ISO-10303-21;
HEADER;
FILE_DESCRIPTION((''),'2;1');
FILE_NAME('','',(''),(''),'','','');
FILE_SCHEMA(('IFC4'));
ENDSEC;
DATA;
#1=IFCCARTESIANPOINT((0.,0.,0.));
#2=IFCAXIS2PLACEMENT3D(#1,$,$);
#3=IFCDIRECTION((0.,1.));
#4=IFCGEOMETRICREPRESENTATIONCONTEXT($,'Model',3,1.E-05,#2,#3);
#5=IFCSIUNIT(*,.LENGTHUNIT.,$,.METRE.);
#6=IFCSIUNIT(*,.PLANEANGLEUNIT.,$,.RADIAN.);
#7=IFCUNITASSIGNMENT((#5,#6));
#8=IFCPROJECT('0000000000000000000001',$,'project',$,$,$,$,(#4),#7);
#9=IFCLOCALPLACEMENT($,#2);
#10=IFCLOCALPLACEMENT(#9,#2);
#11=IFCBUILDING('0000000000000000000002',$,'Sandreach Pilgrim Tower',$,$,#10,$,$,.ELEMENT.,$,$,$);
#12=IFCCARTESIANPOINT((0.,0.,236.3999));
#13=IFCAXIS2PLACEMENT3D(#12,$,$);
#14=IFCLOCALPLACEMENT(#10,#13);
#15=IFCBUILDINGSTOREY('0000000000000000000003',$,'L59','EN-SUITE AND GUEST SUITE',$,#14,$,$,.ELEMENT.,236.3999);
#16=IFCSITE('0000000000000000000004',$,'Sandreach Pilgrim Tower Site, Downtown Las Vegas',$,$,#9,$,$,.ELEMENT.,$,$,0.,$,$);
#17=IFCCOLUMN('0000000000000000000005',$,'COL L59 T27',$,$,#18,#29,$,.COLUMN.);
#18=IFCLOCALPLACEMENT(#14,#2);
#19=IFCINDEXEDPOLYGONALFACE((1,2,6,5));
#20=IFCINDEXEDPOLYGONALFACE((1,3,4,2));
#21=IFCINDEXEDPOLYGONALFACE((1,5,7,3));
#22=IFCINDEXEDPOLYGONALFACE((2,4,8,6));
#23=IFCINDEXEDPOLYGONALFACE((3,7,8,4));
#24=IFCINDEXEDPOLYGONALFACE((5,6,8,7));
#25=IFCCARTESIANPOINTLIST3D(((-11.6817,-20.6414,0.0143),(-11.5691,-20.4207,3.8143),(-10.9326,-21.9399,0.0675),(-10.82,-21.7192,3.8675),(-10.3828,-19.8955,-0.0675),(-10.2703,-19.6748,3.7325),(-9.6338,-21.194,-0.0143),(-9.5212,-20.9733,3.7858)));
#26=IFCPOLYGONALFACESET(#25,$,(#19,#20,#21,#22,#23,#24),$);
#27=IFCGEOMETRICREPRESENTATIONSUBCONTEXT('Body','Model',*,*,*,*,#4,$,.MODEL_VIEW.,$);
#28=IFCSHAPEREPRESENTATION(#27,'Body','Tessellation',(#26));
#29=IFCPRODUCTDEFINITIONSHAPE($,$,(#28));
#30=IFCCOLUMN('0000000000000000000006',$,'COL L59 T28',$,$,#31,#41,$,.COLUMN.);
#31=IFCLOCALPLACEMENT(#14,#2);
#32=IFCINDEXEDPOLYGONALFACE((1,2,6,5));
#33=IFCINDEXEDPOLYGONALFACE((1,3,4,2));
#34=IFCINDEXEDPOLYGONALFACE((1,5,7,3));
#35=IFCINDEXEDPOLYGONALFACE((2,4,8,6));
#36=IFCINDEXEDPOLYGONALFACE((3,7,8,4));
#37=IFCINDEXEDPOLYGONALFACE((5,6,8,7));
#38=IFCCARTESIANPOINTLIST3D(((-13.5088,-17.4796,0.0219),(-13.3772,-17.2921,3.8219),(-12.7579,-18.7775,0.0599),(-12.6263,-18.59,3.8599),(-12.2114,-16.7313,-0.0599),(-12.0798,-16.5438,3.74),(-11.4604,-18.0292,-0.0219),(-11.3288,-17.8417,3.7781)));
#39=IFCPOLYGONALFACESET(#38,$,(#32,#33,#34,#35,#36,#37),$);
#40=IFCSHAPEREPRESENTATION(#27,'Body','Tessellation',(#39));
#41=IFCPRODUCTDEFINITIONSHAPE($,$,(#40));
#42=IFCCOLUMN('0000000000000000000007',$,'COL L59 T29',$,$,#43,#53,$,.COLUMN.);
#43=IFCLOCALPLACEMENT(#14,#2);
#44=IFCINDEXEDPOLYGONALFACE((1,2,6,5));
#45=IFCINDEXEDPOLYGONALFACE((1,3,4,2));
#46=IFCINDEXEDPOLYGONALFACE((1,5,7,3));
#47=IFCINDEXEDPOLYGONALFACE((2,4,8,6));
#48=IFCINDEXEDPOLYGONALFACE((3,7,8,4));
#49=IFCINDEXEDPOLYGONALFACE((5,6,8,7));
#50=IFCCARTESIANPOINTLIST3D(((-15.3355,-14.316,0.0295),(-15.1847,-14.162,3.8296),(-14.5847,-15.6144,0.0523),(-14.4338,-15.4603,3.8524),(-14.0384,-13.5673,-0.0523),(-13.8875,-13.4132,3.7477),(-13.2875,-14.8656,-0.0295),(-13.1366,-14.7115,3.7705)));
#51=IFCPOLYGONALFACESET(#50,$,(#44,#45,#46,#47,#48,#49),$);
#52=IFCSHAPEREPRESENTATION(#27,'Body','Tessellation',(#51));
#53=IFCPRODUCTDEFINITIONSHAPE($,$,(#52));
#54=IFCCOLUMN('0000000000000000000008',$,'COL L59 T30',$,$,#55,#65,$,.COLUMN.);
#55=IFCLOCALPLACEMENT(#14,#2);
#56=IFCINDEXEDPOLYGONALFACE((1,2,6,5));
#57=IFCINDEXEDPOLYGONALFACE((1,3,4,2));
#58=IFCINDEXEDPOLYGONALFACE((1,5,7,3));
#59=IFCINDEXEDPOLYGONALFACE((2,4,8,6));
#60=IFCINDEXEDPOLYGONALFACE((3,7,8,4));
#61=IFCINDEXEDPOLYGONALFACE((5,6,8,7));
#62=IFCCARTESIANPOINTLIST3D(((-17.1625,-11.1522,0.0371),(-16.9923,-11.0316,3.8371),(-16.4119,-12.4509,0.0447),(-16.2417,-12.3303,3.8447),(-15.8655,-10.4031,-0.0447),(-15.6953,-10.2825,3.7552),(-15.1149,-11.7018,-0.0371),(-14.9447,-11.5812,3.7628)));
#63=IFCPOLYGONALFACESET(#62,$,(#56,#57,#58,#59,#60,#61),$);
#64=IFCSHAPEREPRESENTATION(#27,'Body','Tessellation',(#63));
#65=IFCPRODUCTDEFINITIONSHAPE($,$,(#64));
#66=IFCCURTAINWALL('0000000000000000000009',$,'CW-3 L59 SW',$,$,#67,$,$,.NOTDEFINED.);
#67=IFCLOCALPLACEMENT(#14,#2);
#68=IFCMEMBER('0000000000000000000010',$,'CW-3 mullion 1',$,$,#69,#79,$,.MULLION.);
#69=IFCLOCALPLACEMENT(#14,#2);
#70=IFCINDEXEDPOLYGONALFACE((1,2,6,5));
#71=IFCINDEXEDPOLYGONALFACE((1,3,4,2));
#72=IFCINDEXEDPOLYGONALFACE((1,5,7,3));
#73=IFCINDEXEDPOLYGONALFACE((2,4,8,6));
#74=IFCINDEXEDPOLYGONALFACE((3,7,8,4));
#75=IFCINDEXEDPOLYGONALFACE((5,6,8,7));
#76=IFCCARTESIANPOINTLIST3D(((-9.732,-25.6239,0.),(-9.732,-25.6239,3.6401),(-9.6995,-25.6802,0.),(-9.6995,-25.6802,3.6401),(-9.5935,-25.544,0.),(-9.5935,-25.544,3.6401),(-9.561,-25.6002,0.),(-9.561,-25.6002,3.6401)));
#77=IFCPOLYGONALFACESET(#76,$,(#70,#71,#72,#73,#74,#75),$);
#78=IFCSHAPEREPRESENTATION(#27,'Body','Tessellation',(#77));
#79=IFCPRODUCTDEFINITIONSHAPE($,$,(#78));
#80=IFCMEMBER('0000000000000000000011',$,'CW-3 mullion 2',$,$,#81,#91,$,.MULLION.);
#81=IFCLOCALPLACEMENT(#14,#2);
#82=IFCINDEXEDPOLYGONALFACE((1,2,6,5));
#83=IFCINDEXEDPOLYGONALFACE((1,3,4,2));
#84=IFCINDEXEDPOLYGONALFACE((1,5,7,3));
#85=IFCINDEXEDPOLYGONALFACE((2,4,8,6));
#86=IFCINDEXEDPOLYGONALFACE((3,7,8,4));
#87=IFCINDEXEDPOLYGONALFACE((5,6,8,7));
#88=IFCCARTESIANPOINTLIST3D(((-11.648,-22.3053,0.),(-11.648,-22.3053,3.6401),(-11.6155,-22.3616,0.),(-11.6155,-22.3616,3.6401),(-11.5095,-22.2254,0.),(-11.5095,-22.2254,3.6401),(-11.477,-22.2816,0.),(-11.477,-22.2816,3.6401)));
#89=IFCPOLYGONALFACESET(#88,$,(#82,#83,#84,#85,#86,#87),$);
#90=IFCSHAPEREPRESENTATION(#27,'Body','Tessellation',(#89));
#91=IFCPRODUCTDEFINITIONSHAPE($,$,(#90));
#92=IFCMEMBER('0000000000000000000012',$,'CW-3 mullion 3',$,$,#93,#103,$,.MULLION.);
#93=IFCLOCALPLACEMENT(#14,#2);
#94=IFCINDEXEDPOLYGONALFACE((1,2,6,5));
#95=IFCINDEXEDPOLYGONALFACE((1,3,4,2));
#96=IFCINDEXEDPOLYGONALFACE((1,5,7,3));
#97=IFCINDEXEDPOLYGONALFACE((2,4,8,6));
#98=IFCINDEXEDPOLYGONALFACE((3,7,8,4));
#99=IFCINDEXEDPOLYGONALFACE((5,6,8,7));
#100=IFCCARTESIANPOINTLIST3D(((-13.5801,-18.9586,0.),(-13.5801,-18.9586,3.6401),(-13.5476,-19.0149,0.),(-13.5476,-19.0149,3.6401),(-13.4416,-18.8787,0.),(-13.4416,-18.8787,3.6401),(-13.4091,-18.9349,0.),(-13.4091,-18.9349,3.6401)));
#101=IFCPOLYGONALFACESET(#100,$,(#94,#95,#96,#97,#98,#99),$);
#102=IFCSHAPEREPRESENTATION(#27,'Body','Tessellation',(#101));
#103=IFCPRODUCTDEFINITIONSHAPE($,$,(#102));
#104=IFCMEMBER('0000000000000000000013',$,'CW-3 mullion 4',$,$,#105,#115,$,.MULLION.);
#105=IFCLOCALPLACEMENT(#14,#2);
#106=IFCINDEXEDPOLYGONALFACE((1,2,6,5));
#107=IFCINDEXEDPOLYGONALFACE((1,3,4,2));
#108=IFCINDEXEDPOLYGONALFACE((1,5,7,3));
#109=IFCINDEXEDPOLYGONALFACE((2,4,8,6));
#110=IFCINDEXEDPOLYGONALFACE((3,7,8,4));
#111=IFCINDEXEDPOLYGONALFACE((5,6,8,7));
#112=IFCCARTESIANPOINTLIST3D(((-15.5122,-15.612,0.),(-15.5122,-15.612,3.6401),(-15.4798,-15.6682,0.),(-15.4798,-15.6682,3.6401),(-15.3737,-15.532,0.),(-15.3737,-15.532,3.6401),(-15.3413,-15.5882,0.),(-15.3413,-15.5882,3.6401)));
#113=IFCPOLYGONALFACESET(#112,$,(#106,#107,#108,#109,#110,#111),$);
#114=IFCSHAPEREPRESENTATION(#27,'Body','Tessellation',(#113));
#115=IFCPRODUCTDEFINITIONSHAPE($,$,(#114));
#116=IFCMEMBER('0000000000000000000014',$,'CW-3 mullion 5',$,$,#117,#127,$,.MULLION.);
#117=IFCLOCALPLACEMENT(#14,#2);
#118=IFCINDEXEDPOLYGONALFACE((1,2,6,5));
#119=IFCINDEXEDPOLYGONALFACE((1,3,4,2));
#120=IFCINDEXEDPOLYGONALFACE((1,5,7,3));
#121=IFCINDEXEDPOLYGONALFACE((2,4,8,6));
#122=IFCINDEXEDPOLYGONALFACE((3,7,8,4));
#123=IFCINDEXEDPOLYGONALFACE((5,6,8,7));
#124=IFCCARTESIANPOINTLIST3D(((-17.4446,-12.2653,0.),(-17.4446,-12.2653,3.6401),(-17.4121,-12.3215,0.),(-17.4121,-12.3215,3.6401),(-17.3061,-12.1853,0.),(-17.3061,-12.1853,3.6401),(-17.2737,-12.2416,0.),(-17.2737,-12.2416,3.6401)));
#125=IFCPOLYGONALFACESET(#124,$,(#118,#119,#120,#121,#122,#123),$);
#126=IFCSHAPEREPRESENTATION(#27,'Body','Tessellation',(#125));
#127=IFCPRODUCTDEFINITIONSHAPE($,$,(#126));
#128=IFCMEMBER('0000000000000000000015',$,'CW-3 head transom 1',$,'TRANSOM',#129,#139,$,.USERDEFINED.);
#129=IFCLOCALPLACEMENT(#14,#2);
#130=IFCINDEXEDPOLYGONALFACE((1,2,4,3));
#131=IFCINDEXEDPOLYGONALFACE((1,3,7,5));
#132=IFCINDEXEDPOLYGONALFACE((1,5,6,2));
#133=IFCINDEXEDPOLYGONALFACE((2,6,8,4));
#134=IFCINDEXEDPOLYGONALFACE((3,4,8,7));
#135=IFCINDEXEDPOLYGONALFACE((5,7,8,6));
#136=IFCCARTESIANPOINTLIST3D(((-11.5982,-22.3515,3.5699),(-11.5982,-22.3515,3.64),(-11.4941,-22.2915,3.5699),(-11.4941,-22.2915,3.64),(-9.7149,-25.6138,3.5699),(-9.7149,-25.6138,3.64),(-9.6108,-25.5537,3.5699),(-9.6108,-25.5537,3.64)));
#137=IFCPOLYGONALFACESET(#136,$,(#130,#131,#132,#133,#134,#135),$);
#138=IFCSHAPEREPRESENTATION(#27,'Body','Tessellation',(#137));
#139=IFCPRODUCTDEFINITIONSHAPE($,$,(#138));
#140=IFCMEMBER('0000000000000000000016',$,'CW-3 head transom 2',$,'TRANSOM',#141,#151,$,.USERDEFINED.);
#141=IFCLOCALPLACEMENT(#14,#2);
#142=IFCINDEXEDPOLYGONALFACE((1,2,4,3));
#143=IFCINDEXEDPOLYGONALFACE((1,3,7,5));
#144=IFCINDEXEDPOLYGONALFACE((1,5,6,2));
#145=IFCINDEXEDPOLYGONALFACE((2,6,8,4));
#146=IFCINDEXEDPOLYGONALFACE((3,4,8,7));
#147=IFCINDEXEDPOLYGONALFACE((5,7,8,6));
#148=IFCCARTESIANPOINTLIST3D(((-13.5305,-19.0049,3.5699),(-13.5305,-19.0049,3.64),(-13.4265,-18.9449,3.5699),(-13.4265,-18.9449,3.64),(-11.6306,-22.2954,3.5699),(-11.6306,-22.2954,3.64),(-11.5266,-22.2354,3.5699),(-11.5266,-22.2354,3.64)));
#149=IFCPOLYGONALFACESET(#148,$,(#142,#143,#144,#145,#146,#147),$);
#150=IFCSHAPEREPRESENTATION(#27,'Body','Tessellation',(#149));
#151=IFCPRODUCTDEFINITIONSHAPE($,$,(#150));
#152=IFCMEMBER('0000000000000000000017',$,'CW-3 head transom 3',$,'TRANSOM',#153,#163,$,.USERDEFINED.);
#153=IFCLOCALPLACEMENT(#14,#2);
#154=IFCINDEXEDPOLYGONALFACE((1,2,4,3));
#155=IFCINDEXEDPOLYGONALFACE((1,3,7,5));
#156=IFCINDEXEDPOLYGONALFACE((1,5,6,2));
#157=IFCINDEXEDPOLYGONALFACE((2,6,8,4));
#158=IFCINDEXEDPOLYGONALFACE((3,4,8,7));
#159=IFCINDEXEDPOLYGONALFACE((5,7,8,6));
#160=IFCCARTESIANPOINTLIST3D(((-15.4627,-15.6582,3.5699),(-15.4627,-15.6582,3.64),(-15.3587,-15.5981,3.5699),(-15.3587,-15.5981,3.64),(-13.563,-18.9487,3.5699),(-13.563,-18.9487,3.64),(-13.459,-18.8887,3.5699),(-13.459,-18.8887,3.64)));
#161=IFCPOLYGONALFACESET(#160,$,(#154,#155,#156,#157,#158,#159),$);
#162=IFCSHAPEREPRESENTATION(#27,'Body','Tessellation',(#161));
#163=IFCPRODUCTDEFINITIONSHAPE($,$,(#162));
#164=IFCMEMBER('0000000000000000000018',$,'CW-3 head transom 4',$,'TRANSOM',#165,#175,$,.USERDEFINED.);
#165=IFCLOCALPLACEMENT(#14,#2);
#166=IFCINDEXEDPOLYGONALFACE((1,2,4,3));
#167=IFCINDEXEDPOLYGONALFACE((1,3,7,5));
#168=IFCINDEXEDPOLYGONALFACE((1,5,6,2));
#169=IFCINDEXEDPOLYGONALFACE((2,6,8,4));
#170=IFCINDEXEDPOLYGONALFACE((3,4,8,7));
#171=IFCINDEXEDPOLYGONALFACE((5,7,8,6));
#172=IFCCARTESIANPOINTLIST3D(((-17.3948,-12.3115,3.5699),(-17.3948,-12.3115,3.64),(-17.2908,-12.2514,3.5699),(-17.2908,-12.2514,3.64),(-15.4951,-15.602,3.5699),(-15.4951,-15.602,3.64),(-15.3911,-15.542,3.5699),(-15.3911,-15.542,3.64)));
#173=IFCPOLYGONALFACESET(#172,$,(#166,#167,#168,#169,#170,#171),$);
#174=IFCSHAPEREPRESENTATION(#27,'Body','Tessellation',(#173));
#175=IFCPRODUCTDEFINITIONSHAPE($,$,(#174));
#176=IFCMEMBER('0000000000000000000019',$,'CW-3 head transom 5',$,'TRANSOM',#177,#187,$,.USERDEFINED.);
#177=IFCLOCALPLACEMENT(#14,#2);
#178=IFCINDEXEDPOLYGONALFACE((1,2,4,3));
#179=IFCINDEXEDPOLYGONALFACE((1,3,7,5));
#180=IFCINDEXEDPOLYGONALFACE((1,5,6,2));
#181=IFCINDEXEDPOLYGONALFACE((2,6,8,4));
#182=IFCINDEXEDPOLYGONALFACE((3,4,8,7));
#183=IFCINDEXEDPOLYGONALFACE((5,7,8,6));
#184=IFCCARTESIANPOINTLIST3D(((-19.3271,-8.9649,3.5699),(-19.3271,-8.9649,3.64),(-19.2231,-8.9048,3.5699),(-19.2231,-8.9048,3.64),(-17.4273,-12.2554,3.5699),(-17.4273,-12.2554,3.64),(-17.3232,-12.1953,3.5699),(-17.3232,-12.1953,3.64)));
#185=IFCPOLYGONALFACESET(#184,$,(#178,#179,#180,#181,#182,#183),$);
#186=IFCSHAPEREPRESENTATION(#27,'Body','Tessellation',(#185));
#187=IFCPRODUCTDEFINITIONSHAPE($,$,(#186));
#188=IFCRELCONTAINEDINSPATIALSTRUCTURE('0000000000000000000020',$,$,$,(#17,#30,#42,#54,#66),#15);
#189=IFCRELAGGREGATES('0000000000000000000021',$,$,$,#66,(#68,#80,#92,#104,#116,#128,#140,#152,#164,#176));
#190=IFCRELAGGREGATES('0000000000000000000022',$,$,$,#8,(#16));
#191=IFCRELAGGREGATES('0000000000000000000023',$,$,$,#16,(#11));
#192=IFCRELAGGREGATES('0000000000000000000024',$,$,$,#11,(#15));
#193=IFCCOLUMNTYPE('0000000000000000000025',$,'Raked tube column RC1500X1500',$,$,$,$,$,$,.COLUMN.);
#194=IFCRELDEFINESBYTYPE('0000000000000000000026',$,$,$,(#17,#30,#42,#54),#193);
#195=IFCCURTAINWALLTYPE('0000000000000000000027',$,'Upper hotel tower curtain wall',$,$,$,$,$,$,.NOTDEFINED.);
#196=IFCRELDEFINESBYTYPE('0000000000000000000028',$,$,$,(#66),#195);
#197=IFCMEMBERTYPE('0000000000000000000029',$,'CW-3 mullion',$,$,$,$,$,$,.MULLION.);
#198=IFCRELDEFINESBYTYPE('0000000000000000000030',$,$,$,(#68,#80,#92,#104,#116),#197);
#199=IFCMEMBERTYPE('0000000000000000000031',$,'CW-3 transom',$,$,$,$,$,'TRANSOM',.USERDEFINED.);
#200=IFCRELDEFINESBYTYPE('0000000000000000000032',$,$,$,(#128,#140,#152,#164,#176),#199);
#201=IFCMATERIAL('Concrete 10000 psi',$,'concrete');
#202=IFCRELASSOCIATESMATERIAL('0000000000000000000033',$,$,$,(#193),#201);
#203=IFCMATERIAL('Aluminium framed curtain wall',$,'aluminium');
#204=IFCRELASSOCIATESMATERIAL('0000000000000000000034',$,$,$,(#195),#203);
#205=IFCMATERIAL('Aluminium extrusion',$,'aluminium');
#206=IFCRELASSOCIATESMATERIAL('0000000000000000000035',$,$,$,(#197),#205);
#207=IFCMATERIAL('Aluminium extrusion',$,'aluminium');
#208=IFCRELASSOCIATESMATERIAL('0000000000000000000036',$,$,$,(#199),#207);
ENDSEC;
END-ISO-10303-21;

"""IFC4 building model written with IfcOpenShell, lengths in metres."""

from ifc_helpers import new_model, si_unit, direction, frame, origin, origin_2d, place, context, subcontext, project, spatial, rectangle, extrude, material, material_profile, profile_set, type_object, element, aggregate, save


model = new_model("IFC4")

# Units and contexts
model_context = context("Model", 3, precision=1e-05, world=origin(), true_north=direction((0.0, 1.0)))
body_context = subcontext(model_context, "Body", "Model", "MODEL_VIEW")
ifc_project = project(units=[si_unit("LENGTHUNIT", "METRE"), si_unit("PLANEANGLEUNIT", "RADIAN")], contexts=[model_context])

# Site, building, storey
site_placement = place(None, origin())
site = spatial("IfcSite", under=ifc_project, at=site_placement, Name="Sandreach Pilgrim Tower Site, Downtown Las Vegas", CompositionType="ELEMENT", RefElevation=0.0)
building_placement = place(site_placement, origin())
building = spatial("IfcBuilding", under=site, at=building_placement, Name="Sandreach Pilgrim Tower", CompositionType="ELEMENT")
storey_placement = place(building_placement, frame((0.0, 0.0, 236.3999)))
storey = spatial("IfcBuildingStorey", under=building, at=storey_placement, Name="L59", Description="EN-SUITE AND GUEST SUITE", CompositionType="ELEMENT", Elevation=236.3999)

# Columns
ifc_material_1 = material(Name="Concrete 10000 psi", Category="concrete")
ifc_material_profile_1 = material_profile(ifc_material_1, rectangle(XDim=1.5, YDim=1.5, at=origin_2d()), Name="RC1500X1500")
ifc_profile_set_1 = profile_set([ifc_material_profile_1], Name="Concrete 10000 psi")
column_type = type_object("IfcColumnType", Name="Raked tube column RC1500X1500", PredefinedType="COLUMN", material=ifc_profile_set_1)
column_1_placement = place(storey_placement, frame((-10.6577, -20.9177, 0.0), z_axis=(0.029555, 0.057956, 0.997882), x_axis=(-0.865881, -0.49727, 0.054526)))
element("IfcColumn", 1, at=column_1_placement, inside=storey, type_object=column_type, Name="COL L59 T27", PredefinedType="COLUMN", context=body_context, shape_type="SweptSolid", body=[
    extrude(rectangle(XDim=1.5, YDim=1.5, at=origin_2d()), origin(), (0.0, 0.0, 1.0), 3.8081),
])
column_2_placement = place(storey_placement, frame((-12.4846, -17.7544, 0.0), z_axis=(0.034566, 0.049252, 0.998188), x_axis=(-0.86497, -0.498848, 0.054567)))
element("IfcColumn", 2, at=column_2_placement, inside=storey, type_object=column_type, Name="COL L59 T28", PredefinedType="COLUMN", context=body_context, shape_type="SweptSolid", body=[
    extrude(rectangle(XDim=1.5, YDim=1.5, at=origin_2d()), origin(), (0.0, 0.0, 1.0), 3.8069),
])
column_3_placement = place(storey_placement, frame((-14.3115, -14.5908, 0.0), z_axis=(0.039641, 0.040475, 0.998394), x_axis=(-0.864775, -0.499185, 0.054572)))
element("IfcColumn", 3, at=column_3_placement, inside=storey, type_object=column_type, Name="COL L59 T29", PredefinedType="COLUMN", context=body_context, shape_type="SweptSolid", body=[
    extrude(rectangle(XDim=1.5, YDim=1.5, at=origin_2d()), origin(), (0.0, 0.0, 1.0), 3.8062),
])
column_4_placement = place(storey_placement, frame((-16.1387, -11.427, 0.0), z_axis=(0.044713, 0.03169, 0.998497), x_axis=(-0.864641, -0.499418, 0.054569)))
element("IfcColumn", 4, at=column_4_placement, inside=storey, type_object=column_type, Name="COL L59 T30", PredefinedType="COLUMN", context=body_context, shape_type="SweptSolid", body=[
    extrude(rectangle(XDim=1.5, YDim=1.5, at=origin_2d()), origin(), (0.0, 0.0, 1.0), 3.8057),
])

# Curtain wall, members
ifc_material_2 = material(Name="Aluminium framed curtain wall", Category="aluminium")
curtain_wall_type = type_object("IfcCurtainWallType", Name="Upper hotel tower curtain wall", PredefinedType="NOTDEFINED", material=ifc_material_2)
curtain_wall_placement = place(storey_placement, origin())
curtain_wall = element("IfcCurtainWall", 5, at=curtain_wall_placement, inside=storey, type_object=curtain_wall_type, Name="CW-3 L59 SW", PredefinedType="NOTDEFINED")
ifc_material_3 = material(Name="Aluminium extrusion", Category="aluminium")
ifc_material_profile_2 = material_profile(ifc_material_3, rectangle(XDim=0.0649, YDim=0.1599, at=origin_2d()), Name="CW-3M 65X160")
ifc_profile_set_2 = profile_set([ifc_material_profile_2], Name="Aluminium extrusion")
member_type_1 = type_object("IfcMemberType", Name="CW-3 mullion", PredefinedType="MULLION", material=ifc_profile_set_2)
member_1_placement = place(storey_placement, frame((-9.6465, -25.6121, 0.0), z_axis=(0.0, 0.0, 1.0), x_axis=(-0.5, 0.866025, 0.0)))
member_1 = element("IfcMember", 6, at=member_1_placement, type_object=member_type_1, Name="CW-3 mullion 1", PredefinedType="MULLION", context=body_context, shape_type="SweptSolid", body=[
    extrude(rectangle(XDim=0.0649, YDim=0.1599, at=origin_2d()), origin(), (0.0, 0.0, 1.0), 3.6401),
])
member_2_placement = place(storey_placement, frame((-11.5625, -22.2935, 0.0), z_axis=(0.0, 0.0, 1.0), x_axis=(-0.5, 0.866025, 0.0)))
member_2 = element("IfcMember", 7, at=member_2_placement, type_object=member_type_1, Name="CW-3 mullion 2", PredefinedType="MULLION", context=body_context, shape_type="SweptSolid", body=[
    extrude(rectangle(XDim=0.0649, YDim=0.1599, at=origin_2d()), origin(), (0.0, 0.0, 1.0), 3.6401),
])
member_3_placement = place(storey_placement, frame((-13.4946, -18.9468, 0.0), z_axis=(0.0, 0.0, 1.0), x_axis=(-0.5, 0.866025, 0.0)))
member_3 = element("IfcMember", 8, at=member_3_placement, type_object=member_type_1, Name="CW-3 mullion 3", PredefinedType="MULLION", context=body_context, shape_type="SweptSolid", body=[
    extrude(rectangle(XDim=0.0649, YDim=0.1599, at=origin_2d()), origin(), (0.0, 0.0, 1.0), 3.6401),
])
member_4_placement = place(storey_placement, frame((-15.4268, -15.6001, 0.0), z_axis=(0.0, 0.0, 1.0), x_axis=(-0.5, 0.866025, 0.0)))
member_4 = element("IfcMember", 9, at=member_4_placement, type_object=member_type_1, Name="CW-3 mullion 4", PredefinedType="MULLION", context=body_context, shape_type="SweptSolid", body=[
    extrude(rectangle(XDim=0.0649, YDim=0.1599, at=origin_2d()), origin(), (0.0, 0.0, 1.0), 3.6401),
])
member_5_placement = place(storey_placement, frame((-17.3591, -12.2534, 0.0), z_axis=(0.0, 0.0, 1.0), x_axis=(-0.5, 0.866025, 0.0)))
member_5 = element("IfcMember", 10, at=member_5_placement, type_object=member_type_1, Name="CW-3 mullion 5", PredefinedType="MULLION", context=body_context, shape_type="SweptSolid", body=[
    extrude(rectangle(XDim=0.0649, YDim=0.1599, at=origin_2d()), origin(), (0.0, 0.0, 1.0), 3.6401),
])
ifc_material_4 = material(Name="Aluminium extrusion", Category="aluminium")
ifc_material_profile_3 = material_profile(ifc_material_4, rectangle(XDim=0.1201, YDim=0.0701, at=origin_2d()), Name="CW-3T 120X70")
ifc_profile_set_3 = profile_set([ifc_material_profile_3], Name="Aluminium extrusion")
member_type_2 = type_object("IfcMemberType", Name="CW-3 transom", ElementType="TRANSOM", PredefinedType="USERDEFINED", material=ifc_profile_set_3)
member_6_placement = place(storey_placement, frame((-9.6628, -25.5837, 3.605), z_axis=(-0.499973, 0.866041, 0.0), x_axis=(-0.866041, -0.499973, 0.0)))
member_6 = element("IfcMember", 11, at=member_6_placement, type_object=member_type_2, Name="CW-3 head transom 1", ObjectType="TRANSOM", PredefinedType="USERDEFINED", context=body_context, shape_type="SweptSolid", body=[
    extrude(rectangle(XDim=0.1201, YDim=0.0701, at=origin_2d()), origin(), (0.0, 0.0, 1.0), 3.7668),
])
member_7_placement = place(storey_placement, frame((-11.5786, -22.2654, 3.605), z_axis=(-0.500023, 0.866012, 0.0), x_axis=(-0.866012, -0.500023, 0.0)))
member_7 = element("IfcMember", 12, at=member_7_placement, type_object=member_type_2, Name="CW-3 head transom 2", ObjectType="TRANSOM", PredefinedType="USERDEFINED", context=body_context, shape_type="SweptSolid", body=[
    extrude(rectangle(XDim=0.1201, YDim=0.0701, at=origin_2d()), origin(), (0.0, 0.0, 1.0), 3.7996),
])
member_8_placement = place(storey_placement, frame((-13.511, -18.9187, 3.605), z_axis=(-0.499975, 0.86604, 0.0), x_axis=(-0.86604, -0.499975, 0.0)))
member_8 = element("IfcMember", 13, at=member_8_placement, type_object=member_type_2, Name="CW-3 head transom 3", ObjectType="TRANSOM", PredefinedType="USERDEFINED", context=body_context, shape_type="SweptSolid", body=[
    extrude(rectangle(XDim=0.1201, YDim=0.0701, at=origin_2d()), origin(), (0.0, 0.0, 1.0), 3.7996),
])
member_9_placement = place(storey_placement, frame((-15.4431, -15.572, 3.605), z_axis=(-0.499975, 0.86604, 0.0), x_axis=(-0.86604, -0.499975, 0.0)))
member_9 = element("IfcMember", 14, at=member_9_placement, type_object=member_type_2, Name="CW-3 head transom 4", ObjectType="TRANSOM", PredefinedType="USERDEFINED", context=body_context, shape_type="SweptSolid", body=[
    extrude(rectangle(XDim=0.1201, YDim=0.0701, at=origin_2d()), origin(), (0.0, 0.0, 1.0), 3.7996),
])
member_10_placement = place(storey_placement, frame((-17.3752, -12.2253, 3.605), z_axis=(-0.500023, 0.866012, 0.0), x_axis=(-0.866012, -0.500023, 0.0)))
member_10 = element("IfcMember", 15, at=member_10_placement, type_object=member_type_2, Name="CW-3 head transom 5", ObjectType="TRANSOM", PredefinedType="USERDEFINED", context=body_context, shape_type="SweptSolid", body=[
    extrude(rectangle(XDim=0.1201, YDim=0.0701, at=origin_2d()), origin(), (0.0, 0.0, 1.0), 3.7996),
])

aggregate(curtain_wall, [member_1, member_2, member_3, member_4, member_5, member_6, member_7, member_8, member_9, member_10])

save(model, "model.ifc")
